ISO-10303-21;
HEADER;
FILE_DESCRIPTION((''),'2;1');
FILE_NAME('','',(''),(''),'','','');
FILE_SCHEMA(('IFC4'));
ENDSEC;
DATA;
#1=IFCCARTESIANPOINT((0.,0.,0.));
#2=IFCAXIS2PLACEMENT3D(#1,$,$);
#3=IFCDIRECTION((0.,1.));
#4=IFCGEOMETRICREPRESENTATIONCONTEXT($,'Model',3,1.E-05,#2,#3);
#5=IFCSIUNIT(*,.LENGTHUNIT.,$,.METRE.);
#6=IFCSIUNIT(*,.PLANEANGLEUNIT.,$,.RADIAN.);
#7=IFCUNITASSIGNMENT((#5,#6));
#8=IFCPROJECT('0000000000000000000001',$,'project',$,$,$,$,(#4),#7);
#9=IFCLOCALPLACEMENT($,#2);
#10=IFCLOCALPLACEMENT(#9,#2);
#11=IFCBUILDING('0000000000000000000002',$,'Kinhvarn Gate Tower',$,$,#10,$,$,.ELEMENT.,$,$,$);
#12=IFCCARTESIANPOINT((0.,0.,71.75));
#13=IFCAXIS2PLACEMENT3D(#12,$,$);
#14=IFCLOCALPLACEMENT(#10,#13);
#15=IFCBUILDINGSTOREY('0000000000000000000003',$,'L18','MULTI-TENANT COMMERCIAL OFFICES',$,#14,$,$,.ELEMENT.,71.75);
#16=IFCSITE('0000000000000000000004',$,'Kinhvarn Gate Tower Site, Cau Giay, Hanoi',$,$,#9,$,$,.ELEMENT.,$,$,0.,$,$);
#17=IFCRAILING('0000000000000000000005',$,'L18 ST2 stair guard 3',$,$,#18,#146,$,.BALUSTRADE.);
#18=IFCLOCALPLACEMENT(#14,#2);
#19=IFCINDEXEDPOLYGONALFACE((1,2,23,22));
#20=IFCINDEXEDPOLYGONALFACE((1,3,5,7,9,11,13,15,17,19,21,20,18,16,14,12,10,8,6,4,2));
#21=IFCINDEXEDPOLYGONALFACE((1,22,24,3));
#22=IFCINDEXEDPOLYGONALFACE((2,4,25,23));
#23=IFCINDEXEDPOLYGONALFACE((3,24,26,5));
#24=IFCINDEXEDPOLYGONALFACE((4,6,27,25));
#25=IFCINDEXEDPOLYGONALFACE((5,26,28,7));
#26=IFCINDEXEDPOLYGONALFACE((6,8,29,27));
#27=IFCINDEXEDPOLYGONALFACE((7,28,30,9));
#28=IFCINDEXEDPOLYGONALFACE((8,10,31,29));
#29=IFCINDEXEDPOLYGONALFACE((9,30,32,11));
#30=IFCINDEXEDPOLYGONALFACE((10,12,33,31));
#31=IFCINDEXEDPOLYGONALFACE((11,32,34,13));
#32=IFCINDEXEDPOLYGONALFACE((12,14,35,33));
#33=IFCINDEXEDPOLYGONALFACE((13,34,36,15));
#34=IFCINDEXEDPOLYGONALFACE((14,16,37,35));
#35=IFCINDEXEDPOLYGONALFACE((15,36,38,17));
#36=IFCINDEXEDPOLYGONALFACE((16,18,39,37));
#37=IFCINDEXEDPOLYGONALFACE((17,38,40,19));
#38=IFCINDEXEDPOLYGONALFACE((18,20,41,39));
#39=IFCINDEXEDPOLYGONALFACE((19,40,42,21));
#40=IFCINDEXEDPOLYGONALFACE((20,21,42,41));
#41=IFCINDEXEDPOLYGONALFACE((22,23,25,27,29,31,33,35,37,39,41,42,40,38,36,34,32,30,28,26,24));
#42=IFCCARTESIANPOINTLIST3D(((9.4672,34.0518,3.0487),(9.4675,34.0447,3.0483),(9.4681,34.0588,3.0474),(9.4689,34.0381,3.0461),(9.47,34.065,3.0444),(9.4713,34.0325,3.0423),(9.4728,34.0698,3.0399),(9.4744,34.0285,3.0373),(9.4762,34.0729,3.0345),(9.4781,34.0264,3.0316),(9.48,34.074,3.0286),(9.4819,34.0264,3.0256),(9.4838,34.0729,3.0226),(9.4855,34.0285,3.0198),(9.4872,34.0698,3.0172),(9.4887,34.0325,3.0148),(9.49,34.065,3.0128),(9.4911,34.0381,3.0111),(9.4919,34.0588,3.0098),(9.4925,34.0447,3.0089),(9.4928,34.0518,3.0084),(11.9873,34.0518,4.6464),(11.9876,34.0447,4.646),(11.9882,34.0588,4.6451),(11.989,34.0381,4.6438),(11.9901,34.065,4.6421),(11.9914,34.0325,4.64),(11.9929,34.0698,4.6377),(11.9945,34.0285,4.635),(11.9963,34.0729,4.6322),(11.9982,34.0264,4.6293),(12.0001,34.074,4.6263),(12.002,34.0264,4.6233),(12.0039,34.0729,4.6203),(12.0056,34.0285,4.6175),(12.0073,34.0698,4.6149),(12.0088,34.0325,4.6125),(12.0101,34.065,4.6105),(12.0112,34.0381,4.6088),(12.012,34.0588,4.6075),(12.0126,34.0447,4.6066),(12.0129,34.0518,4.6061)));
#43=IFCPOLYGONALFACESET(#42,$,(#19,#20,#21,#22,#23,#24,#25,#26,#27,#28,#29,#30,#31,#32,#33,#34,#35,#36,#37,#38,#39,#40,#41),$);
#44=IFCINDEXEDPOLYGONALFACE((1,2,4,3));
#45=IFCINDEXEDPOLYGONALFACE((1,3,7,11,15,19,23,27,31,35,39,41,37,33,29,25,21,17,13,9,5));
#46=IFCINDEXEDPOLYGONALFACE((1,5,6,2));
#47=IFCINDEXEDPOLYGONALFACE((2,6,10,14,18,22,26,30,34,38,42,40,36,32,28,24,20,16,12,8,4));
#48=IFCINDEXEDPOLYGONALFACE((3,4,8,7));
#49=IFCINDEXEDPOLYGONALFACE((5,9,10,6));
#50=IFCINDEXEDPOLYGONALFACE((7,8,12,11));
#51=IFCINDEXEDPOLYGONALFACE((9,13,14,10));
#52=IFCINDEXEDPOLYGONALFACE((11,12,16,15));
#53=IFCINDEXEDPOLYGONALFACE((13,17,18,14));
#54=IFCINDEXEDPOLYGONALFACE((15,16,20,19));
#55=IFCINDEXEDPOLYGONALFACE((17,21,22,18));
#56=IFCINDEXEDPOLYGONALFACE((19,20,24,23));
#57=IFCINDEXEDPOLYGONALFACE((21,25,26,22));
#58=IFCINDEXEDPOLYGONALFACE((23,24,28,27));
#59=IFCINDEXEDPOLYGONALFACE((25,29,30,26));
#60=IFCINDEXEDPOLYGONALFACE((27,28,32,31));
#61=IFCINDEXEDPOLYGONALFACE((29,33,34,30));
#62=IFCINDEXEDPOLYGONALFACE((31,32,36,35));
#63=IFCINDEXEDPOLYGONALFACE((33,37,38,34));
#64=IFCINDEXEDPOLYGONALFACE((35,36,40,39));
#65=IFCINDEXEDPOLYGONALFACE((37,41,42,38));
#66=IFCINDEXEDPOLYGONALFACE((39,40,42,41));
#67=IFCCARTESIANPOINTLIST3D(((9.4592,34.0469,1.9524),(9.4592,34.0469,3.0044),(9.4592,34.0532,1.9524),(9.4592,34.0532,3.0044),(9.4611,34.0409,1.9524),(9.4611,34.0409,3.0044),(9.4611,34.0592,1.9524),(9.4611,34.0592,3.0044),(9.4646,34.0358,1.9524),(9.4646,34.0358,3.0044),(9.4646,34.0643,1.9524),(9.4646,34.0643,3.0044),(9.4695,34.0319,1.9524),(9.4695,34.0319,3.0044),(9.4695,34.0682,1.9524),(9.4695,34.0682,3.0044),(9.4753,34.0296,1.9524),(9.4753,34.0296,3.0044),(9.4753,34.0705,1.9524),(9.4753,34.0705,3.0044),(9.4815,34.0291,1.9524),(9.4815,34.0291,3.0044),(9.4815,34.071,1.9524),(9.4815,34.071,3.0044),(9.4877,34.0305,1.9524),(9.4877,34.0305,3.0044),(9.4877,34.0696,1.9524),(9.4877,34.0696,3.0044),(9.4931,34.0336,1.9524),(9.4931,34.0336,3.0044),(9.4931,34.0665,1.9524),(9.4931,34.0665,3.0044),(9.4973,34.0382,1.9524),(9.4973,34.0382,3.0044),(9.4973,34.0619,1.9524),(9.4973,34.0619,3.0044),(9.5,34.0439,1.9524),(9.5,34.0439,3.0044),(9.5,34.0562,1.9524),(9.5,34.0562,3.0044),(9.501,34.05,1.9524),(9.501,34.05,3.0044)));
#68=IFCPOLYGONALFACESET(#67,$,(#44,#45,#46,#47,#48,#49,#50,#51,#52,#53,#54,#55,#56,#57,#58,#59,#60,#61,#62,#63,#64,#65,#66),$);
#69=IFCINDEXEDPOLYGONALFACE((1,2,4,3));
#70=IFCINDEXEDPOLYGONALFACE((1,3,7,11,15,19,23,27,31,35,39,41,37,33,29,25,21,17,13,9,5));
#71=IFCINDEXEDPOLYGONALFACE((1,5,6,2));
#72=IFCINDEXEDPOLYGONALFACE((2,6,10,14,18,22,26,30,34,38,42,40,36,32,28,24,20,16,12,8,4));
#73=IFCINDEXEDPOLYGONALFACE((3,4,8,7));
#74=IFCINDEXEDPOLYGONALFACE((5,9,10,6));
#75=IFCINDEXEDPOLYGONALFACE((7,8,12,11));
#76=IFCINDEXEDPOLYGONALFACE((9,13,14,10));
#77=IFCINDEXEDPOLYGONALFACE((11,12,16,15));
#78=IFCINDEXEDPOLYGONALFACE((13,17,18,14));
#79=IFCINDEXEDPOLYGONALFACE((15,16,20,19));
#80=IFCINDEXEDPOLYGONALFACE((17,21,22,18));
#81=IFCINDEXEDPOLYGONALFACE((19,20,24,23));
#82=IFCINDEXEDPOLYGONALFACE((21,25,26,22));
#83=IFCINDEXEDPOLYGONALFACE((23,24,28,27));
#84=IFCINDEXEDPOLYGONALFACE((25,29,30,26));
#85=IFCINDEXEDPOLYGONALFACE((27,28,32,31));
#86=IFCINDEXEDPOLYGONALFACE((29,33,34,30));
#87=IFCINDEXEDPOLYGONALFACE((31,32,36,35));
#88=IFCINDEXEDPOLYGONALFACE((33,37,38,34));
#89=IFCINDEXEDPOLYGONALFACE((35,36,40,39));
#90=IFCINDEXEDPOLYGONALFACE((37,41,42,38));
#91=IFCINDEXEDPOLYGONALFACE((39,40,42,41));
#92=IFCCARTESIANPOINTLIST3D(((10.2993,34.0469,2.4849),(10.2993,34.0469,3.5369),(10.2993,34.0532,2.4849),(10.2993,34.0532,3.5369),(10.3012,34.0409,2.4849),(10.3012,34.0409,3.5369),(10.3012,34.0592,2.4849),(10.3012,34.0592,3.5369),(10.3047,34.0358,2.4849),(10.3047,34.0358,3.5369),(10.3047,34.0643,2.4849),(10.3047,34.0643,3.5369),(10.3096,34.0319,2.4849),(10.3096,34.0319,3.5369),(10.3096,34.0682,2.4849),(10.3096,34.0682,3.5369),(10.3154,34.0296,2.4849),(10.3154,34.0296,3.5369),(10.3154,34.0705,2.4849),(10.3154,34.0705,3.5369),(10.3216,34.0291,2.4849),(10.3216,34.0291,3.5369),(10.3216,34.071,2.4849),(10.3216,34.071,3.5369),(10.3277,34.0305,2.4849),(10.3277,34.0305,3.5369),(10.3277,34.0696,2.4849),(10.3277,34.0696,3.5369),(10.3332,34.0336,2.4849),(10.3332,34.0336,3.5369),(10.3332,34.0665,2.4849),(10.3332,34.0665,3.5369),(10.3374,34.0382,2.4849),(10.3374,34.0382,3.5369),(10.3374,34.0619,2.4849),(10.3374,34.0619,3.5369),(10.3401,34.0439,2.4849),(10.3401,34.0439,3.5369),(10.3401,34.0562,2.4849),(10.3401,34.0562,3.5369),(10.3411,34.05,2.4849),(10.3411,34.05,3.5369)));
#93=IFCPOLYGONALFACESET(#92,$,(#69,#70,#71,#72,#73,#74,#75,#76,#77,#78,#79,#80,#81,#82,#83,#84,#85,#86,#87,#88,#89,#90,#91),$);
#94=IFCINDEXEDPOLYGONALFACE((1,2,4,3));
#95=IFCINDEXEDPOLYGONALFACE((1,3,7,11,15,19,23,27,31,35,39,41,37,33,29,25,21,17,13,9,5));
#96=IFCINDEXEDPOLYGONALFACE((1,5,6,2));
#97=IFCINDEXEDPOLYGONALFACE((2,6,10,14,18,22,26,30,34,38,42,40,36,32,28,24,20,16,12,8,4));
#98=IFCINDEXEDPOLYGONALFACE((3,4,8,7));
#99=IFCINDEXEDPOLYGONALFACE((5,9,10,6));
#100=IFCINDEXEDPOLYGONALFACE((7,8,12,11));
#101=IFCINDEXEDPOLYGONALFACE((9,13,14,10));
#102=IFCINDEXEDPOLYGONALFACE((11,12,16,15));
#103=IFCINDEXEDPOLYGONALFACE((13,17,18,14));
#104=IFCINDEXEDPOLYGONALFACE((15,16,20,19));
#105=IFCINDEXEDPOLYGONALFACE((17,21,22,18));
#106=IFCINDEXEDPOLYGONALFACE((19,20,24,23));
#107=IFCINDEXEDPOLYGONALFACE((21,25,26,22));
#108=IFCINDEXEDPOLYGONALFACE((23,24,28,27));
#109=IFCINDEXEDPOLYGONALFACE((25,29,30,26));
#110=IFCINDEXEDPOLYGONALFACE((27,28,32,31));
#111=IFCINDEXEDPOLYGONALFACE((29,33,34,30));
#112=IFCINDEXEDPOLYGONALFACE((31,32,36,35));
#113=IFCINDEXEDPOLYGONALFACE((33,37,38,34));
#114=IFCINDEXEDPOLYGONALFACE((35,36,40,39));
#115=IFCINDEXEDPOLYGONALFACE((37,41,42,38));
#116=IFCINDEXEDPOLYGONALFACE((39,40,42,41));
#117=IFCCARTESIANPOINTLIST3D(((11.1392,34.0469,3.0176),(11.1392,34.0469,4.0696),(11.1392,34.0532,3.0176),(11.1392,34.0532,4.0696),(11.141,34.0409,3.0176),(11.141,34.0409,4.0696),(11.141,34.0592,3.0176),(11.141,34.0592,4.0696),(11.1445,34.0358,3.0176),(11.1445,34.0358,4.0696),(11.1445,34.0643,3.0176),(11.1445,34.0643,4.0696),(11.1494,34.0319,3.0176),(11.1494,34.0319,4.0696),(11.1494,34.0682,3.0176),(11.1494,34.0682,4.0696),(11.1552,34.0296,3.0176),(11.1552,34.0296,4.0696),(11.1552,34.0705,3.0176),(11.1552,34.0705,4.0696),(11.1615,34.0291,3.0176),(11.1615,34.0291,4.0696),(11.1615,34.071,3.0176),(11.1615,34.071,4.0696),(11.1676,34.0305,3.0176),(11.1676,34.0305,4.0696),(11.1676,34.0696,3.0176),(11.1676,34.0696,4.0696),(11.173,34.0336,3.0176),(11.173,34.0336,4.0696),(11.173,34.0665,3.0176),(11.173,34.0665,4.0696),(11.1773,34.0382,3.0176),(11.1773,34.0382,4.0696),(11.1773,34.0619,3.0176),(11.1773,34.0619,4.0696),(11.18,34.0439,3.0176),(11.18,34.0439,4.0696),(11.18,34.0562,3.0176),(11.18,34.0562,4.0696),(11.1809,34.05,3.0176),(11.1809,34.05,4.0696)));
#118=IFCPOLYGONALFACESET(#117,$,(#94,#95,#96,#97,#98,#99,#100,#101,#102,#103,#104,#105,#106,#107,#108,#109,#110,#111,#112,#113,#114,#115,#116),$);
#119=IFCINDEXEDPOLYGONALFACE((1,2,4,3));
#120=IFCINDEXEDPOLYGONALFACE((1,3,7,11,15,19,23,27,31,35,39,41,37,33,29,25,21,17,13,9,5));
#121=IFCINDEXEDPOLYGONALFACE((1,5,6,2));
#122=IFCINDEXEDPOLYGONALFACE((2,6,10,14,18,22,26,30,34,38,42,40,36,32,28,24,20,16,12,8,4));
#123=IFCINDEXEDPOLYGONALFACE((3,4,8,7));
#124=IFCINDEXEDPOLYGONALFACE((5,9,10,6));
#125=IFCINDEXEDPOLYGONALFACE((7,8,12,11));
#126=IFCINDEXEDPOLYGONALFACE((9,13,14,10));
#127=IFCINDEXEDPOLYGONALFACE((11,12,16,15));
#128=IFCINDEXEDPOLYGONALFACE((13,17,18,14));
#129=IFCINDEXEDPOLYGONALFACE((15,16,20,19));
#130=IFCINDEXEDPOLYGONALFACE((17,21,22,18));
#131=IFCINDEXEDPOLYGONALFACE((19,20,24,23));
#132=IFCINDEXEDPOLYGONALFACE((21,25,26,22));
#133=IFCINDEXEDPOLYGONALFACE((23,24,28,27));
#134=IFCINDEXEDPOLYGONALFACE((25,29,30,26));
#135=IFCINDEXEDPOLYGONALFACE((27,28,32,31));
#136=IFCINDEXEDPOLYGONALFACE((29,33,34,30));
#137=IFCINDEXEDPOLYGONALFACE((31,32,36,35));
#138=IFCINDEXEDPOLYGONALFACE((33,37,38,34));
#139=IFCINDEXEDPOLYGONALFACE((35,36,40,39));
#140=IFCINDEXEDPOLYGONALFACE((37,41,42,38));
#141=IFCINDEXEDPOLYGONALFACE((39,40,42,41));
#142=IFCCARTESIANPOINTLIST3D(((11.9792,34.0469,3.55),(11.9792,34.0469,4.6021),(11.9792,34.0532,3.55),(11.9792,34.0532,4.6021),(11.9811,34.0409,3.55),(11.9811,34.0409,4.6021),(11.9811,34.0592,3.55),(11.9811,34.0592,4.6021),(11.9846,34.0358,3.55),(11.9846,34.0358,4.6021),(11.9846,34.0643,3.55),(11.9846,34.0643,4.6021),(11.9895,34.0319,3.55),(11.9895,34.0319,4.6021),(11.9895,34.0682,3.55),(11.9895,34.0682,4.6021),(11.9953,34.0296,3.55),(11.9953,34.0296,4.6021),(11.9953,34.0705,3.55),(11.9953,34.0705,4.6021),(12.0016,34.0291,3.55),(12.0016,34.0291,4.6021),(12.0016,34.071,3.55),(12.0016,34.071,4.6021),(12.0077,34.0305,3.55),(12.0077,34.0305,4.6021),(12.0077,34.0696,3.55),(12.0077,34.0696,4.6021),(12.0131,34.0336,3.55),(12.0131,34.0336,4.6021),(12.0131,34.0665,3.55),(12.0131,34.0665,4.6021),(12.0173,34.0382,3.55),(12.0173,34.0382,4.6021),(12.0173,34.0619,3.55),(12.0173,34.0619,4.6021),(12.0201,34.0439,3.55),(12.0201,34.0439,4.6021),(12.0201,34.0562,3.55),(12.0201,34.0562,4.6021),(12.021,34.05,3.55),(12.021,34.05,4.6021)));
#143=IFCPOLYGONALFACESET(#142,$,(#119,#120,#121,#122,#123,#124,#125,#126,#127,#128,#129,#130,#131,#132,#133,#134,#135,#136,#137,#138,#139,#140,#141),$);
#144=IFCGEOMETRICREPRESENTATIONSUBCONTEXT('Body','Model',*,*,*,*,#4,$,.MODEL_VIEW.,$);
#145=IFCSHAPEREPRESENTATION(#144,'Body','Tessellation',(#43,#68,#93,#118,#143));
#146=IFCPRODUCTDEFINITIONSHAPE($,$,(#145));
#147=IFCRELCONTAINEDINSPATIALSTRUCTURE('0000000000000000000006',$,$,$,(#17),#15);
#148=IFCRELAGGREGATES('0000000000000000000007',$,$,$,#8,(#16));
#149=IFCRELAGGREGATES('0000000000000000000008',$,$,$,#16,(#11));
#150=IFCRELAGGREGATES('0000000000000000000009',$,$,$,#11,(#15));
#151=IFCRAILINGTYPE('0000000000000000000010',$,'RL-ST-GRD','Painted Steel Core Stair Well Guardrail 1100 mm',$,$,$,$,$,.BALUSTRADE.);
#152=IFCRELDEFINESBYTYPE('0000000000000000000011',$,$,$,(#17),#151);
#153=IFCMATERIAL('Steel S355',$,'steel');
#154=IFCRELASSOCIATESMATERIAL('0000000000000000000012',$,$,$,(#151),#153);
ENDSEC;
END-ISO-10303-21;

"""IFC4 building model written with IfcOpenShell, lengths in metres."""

from ifc_helpers import new_model, si_unit, direction, frame, origin, origin_2d, place, context, subcontext, project, spatial, circle, extrude, material, type_object, element, save


model = new_model("IFC4")

# Units and contexts
model_context = context("Model", 3, precision=1e-05, world=origin(), true_north=direction((0.0, 1.0)))
body_context = subcontext(model_context, "Body", "Model", "MODEL_VIEW")
ifc_project = project(units=[si_unit("LENGTHUNIT", "METRE"), si_unit("PLANEANGLEUNIT", "RADIAN")], contexts=[model_context])

# Site, building, storey
site_placement = place(None, origin())
site = spatial("IfcSite", under=ifc_project, at=site_placement, Name="Kinhvarn Gate Tower Site, Cau Giay, Hanoi", CompositionType="ELEMENT", RefElevation=0.0)
building_placement = place(site_placement, origin())
building = spatial("IfcBuilding", under=site, at=building_placement, Name="Kinhvarn Gate Tower", CompositionType="ELEMENT")
storey_placement = place(building_placement, frame((0.0, 0.0, 71.75)))
storey = spatial("IfcBuildingStorey", under=building, at=storey_placement, Name="L18", Description="MULTI-TENANT COMMERCIAL OFFICES", CompositionType="ELEMENT", Elevation=71.75)

# Shared definitions
ifc_material_1 = material(Name="Steel S355", Category="steel")

# Railing
railing_type_1 = type_object("IfcRailingType", Name="RL-ST-GRD", Description="Painted Steel Core Stair Well Guardrail 1100 mm", PredefinedType="BALUSTRADE", material=ifc_material_1)
railing_1_placement = place(storey_placement, frame((9.48, 34.05, 1.9524)))
element("IfcRailing", 1, at=railing_1_placement, inside=storey, type_object=railing_type_1, Name="L18 ST2 stair guard 3", PredefinedType="BALUSTRADE", context=body_context, shape_type="SweptSolid", body=[
    extrude(circle(Radius=0.0239, at=origin_2d()), frame((0.0, 0.0, 1.0762), z_axis=(0.84457, 0.0, 0.535445), x_axis=(0.0, 1.0, 0.0)), (0.0, 0.0, 1.0), 2.9839),
    extrude(circle(Radius=0.021, at=origin_2d()), origin(), (0.0, 0.0, 1.0), 1.052),
    extrude(circle(Radius=0.021, at=origin_2d()), frame((0.8401, 0.0, 0.5325)), (0.0, 0.0, 1.0), 1.052),
    extrude(circle(Radius=0.021, at=origin_2d()), frame((1.6799, 0.0, 1.0652)), (0.0, 0.0, 1.0), 1.052),
    extrude(circle(Radius=0.021, at=origin_2d()), frame((2.52, 0.0, 1.5977)), (0.0, 0.0, 1.0), 1.052),
])

save(model, "model.ifc")
